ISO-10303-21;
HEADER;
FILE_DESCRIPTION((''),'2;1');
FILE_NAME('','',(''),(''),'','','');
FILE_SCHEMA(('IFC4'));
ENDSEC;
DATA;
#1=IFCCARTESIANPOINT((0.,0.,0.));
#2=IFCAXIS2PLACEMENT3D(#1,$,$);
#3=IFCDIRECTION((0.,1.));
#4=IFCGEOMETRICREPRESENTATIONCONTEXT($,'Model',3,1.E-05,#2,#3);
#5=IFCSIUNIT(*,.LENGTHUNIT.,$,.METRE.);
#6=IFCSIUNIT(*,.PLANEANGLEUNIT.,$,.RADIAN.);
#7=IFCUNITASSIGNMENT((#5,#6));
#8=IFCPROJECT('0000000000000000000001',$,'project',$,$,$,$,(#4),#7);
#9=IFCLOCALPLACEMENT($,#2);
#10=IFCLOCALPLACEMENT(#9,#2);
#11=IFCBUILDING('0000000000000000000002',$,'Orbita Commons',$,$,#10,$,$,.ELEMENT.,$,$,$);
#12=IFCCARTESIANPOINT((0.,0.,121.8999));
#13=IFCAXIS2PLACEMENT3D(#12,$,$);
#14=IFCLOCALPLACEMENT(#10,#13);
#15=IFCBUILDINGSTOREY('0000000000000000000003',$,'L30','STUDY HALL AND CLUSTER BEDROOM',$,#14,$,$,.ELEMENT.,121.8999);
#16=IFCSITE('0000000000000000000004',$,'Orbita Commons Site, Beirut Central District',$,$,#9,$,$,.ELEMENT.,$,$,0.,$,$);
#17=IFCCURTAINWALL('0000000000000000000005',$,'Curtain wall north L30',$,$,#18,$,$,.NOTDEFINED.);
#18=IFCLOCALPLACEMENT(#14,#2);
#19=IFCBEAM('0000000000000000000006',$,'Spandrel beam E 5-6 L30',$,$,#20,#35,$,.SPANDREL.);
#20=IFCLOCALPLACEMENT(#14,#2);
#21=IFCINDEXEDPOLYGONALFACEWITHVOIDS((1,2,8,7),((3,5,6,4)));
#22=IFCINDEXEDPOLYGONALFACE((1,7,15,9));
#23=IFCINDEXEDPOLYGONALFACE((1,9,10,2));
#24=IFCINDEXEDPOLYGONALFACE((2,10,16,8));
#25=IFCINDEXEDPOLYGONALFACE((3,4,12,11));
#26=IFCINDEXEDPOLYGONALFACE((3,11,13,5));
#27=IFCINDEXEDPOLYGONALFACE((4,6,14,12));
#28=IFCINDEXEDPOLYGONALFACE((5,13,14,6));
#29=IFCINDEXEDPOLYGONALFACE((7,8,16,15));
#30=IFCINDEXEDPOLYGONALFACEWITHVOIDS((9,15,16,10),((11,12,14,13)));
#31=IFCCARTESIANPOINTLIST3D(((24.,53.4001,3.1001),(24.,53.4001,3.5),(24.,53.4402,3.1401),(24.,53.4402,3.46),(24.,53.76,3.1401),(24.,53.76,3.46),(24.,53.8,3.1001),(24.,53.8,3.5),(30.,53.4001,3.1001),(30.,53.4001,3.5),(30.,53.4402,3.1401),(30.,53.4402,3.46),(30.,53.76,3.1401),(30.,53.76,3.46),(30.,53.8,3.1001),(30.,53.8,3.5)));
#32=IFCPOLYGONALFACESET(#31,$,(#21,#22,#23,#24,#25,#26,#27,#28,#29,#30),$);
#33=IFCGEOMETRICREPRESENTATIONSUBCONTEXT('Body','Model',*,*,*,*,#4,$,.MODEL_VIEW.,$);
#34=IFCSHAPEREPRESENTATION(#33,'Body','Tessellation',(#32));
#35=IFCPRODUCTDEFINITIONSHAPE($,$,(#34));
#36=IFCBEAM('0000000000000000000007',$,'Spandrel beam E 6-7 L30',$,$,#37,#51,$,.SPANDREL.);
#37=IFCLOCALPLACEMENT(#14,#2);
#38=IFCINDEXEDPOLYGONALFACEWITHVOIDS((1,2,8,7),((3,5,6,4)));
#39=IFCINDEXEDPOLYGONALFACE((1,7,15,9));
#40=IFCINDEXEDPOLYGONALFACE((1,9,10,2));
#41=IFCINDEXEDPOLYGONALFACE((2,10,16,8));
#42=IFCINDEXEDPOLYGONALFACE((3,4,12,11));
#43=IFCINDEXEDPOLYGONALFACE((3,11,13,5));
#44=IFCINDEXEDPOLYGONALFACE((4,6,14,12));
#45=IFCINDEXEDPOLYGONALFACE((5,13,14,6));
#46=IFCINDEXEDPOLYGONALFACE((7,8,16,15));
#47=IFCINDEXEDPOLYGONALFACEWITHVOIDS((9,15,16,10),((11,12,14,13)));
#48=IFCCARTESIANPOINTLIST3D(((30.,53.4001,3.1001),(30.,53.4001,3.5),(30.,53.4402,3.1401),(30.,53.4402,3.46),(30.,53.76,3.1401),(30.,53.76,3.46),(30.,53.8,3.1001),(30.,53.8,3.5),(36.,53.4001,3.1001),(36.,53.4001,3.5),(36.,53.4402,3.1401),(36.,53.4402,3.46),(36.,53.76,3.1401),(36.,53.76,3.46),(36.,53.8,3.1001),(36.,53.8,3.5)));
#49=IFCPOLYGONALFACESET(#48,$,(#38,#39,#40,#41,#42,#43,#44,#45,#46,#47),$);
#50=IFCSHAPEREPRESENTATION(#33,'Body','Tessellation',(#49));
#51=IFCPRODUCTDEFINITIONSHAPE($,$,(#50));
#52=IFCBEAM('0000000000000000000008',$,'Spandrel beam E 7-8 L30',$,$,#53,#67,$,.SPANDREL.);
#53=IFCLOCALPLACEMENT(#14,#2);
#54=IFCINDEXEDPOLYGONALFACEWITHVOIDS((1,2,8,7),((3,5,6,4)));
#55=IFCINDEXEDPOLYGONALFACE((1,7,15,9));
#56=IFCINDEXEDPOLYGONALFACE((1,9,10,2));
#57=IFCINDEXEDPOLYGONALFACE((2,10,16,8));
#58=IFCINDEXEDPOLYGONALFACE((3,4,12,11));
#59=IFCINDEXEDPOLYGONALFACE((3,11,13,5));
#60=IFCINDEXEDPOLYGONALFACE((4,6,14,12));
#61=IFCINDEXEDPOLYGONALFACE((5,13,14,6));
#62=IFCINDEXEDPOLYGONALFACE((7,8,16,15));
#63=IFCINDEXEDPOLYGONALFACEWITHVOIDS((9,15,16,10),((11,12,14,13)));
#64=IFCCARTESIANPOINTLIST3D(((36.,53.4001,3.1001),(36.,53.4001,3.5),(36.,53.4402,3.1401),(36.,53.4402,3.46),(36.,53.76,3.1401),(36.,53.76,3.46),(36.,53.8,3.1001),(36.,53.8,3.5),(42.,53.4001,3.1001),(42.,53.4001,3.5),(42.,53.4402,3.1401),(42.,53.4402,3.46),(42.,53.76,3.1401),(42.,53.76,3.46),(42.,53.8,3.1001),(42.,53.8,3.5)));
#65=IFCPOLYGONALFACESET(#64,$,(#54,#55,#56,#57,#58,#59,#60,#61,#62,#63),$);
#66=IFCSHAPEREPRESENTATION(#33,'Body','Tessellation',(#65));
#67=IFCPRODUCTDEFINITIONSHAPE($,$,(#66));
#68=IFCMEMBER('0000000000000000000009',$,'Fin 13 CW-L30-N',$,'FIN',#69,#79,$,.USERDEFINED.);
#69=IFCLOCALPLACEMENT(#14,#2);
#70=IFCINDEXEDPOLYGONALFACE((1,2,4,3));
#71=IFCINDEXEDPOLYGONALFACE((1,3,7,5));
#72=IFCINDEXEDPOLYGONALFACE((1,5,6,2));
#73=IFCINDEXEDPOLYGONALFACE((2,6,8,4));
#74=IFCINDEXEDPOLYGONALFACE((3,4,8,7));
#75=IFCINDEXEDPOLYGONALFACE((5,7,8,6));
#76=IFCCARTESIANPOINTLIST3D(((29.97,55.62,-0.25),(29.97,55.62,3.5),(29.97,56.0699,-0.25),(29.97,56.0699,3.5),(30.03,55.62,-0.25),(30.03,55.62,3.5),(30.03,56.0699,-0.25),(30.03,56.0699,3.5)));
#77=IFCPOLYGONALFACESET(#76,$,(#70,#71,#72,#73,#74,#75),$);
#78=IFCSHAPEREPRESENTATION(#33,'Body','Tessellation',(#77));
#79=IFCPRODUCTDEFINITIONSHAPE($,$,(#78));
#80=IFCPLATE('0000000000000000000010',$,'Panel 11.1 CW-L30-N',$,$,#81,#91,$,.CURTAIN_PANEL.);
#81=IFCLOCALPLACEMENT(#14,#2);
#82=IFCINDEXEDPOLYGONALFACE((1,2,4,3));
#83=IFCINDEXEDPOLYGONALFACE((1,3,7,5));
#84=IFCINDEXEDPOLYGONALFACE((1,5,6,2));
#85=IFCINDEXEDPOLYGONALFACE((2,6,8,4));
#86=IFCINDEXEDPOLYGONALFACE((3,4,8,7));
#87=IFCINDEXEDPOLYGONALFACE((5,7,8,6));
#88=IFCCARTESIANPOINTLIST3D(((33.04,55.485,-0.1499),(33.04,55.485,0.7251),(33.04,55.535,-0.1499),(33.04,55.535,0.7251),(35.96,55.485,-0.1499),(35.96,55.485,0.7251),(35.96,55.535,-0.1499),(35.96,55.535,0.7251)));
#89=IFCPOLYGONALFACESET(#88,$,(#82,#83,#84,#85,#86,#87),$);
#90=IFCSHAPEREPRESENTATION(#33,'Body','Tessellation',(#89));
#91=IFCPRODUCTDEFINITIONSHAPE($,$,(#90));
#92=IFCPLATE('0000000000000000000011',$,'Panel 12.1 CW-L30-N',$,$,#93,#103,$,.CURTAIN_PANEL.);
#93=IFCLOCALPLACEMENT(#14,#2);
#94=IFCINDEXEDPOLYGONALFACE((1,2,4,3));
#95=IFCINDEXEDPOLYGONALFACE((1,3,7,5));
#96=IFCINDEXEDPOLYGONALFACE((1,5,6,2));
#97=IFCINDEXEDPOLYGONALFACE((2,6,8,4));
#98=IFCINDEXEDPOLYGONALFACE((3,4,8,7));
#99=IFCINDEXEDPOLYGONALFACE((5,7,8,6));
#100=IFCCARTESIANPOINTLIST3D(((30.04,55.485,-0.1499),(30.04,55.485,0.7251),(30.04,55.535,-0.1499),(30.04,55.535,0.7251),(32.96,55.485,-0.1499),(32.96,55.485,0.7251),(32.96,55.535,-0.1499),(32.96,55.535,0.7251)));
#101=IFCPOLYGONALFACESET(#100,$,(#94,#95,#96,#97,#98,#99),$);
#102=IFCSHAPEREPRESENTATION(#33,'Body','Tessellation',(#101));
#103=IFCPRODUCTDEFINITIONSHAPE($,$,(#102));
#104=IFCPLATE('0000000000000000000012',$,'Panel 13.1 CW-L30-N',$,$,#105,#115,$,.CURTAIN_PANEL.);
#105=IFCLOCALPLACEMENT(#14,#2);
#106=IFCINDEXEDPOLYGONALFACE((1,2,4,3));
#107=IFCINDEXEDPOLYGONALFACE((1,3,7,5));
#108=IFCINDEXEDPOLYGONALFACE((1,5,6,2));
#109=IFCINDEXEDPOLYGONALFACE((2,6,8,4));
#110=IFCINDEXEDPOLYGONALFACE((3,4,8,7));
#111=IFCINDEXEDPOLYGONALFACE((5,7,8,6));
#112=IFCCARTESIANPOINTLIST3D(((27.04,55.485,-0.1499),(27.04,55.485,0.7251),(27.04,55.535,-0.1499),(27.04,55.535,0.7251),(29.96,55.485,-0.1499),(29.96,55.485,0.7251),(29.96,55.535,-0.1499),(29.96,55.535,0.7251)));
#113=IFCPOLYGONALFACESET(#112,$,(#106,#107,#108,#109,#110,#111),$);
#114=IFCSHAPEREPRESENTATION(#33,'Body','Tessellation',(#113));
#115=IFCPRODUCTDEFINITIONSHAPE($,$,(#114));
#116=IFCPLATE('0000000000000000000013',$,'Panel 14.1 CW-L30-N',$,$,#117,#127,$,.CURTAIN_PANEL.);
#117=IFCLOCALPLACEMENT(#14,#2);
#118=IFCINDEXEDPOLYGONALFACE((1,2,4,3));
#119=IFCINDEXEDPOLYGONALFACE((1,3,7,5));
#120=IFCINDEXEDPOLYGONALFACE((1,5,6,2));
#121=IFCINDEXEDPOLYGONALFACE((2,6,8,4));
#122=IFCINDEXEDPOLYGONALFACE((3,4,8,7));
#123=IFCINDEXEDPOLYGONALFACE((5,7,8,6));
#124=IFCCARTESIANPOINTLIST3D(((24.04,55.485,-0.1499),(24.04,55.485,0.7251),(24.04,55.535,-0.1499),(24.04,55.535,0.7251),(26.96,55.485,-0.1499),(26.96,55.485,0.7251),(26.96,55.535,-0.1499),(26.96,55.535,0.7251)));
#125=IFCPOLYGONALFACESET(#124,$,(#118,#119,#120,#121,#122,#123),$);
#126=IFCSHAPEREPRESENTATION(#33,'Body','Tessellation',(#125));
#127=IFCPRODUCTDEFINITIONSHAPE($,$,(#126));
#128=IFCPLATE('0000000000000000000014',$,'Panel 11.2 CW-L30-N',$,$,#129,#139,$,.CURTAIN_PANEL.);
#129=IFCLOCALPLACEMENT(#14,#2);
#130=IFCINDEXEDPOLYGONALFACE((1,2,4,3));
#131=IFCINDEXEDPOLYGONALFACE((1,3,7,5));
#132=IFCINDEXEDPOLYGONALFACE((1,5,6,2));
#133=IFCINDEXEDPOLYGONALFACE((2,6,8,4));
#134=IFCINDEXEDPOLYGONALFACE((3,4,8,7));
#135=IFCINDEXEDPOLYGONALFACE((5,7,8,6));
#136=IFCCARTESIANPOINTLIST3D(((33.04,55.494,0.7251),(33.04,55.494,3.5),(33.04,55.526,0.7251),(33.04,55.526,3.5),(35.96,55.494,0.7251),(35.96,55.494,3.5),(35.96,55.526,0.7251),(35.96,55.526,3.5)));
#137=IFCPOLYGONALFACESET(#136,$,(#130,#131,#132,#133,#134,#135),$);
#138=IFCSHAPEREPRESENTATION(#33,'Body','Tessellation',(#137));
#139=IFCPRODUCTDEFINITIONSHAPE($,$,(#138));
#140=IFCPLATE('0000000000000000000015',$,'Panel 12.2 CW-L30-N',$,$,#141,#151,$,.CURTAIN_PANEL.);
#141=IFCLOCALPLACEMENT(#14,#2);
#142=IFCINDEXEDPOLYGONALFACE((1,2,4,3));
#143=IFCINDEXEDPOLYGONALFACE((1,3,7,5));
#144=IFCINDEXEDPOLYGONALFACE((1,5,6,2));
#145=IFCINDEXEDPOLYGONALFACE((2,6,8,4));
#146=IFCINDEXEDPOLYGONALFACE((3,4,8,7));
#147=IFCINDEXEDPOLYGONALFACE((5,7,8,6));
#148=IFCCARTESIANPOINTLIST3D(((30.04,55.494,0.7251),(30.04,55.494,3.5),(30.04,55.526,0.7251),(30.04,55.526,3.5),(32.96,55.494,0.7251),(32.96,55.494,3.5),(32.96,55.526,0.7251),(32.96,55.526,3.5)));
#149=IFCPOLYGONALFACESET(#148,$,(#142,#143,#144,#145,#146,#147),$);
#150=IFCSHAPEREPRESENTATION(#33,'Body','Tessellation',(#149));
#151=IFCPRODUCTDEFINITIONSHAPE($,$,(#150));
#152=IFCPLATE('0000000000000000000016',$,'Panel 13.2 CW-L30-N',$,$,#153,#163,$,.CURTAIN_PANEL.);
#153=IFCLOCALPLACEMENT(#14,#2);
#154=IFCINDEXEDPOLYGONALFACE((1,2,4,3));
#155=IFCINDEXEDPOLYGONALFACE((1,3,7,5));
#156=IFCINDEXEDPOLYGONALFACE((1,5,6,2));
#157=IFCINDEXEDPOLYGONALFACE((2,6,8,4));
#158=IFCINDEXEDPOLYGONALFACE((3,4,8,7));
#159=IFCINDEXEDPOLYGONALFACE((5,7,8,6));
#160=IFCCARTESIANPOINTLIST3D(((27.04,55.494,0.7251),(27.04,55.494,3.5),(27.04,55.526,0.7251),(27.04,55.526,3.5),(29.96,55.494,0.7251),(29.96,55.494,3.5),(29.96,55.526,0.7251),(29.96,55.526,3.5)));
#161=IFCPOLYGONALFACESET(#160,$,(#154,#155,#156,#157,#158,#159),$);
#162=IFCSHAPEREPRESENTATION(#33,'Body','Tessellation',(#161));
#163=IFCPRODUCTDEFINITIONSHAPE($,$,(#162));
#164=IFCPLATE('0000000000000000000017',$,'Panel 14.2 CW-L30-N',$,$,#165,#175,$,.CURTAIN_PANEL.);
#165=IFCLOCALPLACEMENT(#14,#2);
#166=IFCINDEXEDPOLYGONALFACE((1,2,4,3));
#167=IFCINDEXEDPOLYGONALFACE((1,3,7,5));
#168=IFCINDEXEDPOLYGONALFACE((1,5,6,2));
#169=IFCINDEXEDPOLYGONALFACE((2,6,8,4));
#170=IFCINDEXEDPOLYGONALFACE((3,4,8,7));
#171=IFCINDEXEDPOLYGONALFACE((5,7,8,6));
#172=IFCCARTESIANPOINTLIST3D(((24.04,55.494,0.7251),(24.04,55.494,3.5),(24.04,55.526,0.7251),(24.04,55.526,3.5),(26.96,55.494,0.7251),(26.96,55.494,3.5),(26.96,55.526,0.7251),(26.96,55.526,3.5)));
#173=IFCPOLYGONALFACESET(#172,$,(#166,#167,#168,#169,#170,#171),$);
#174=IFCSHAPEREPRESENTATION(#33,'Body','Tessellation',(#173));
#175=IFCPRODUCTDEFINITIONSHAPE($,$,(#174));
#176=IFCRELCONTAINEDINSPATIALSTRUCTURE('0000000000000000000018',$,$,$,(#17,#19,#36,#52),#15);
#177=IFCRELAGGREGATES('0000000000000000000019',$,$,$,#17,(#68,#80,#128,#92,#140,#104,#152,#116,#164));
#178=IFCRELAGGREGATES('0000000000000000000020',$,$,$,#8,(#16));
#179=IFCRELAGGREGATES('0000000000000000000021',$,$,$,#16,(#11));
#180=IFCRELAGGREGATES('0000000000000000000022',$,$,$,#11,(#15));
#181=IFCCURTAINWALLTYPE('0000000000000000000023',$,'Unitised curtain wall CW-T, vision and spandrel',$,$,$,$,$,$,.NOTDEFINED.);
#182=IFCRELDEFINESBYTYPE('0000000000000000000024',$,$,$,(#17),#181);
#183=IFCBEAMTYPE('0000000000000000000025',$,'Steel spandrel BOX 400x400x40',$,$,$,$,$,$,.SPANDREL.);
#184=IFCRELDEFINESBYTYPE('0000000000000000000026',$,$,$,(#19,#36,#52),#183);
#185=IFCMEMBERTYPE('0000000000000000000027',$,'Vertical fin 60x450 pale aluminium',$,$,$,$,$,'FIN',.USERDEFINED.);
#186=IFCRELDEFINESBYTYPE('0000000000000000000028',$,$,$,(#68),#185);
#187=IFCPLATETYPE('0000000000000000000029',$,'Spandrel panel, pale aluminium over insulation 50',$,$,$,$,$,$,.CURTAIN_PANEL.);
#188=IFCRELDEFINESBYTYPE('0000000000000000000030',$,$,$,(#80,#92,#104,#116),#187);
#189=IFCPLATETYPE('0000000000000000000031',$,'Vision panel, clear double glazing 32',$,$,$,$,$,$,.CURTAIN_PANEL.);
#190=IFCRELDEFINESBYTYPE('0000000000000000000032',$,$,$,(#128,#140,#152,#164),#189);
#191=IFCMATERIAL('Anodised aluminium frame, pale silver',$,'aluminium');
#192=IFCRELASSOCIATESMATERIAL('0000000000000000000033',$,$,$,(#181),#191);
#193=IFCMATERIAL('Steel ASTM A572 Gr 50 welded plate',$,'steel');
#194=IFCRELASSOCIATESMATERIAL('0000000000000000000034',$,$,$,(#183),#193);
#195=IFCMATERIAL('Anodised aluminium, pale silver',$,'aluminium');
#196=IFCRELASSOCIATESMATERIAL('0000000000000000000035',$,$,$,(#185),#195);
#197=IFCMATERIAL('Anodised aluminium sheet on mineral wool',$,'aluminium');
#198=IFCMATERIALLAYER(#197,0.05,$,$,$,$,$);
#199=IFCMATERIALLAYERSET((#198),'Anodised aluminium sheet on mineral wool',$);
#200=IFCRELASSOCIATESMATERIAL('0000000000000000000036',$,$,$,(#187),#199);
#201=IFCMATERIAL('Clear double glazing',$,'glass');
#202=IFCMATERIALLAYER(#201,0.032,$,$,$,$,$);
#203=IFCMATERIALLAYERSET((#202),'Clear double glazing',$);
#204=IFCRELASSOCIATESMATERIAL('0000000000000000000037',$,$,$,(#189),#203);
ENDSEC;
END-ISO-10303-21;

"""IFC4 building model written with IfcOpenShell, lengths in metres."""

from ifc_helpers import new_model, si_unit, direction, frame, origin, origin_2d, place, context, subcontext, project, spatial, rectangle, hollow_rectangle, extrude, material, layer, layer_set, material_profile, profile_set, type_object, element, aggregate, save


model = new_model("IFC4")

# Units and contexts
model_context = context("Model", 3, precision=1e-05, world=origin(), true_north=direction((0.0, 1.0)))
body_context = subcontext(model_context, "Body", "Model", "MODEL_VIEW")
ifc_project = project(units=[si_unit("LENGTHUNIT", "METRE"), si_unit("PLANEANGLEUNIT", "RADIAN")], contexts=[model_context])

# Site, building, storey
site_placement = place(None, origin())
site = spatial("IfcSite", under=ifc_project, at=site_placement, Name="Orbita Commons Site, Beirut Central District", CompositionType="ELEMENT", RefElevation=0.0)
building_placement = place(site_placement, origin())
building = spatial("IfcBuilding", under=site, at=building_placement, Name="Orbita Commons", CompositionType="ELEMENT")
storey_placement = place(building_placement, frame((0.0, 0.0, 121.8999)))
storey = spatial("IfcBuildingStorey", under=building, at=storey_placement, Name="L30", Description="STUDY HALL AND CLUSTER BEDROOM", CompositionType="ELEMENT", Elevation=121.8999)

# Curtain wall
ifc_material_1 = material(Name="Anodised aluminium frame, pale silver", Category="aluminium")
curtain_wall_type = type_object("IfcCurtainWallType", Name="Unitised curtain wall CW-T, vision and spandrel", PredefinedType="NOTDEFINED", material=ifc_material_1)
curtain_wall_placement = place(storey_placement, origin())
curtain_wall = element("IfcCurtainWall", 1, at=curtain_wall_placement, inside=storey, type_object=curtain_wall_type, Name="Curtain wall north L30", PredefinedType="NOTDEFINED")

# Beams
ifc_material_2 = material(Name="Steel ASTM A572 Gr 50 welded plate", Category="steel")
ifc_material_profile_1 = material_profile(ifc_material_2, hollow_rectangle(XDim=0.3999, YDim=0.3999, WallThickness=0.04, at=origin_2d()), Name="BOX 400x400x40")
ifc_profile_set_1 = profile_set([ifc_material_profile_1], Name="Steel ASTM A572 Gr 50 welded plate")
beam_type = type_object("IfcBeamType", Name="Steel spandrel BOX 400x400x40", PredefinedType="SPANDREL", material=ifc_profile_set_1)
for number, where, z_axis, x_axis, name in (
    (2, (24.0, 53.6001, 3.3), (1.0, 0.0, 0.0), (0.0, 1.0, 0.0), "Spandrel beam E 5-6 L30"),
    (3, (30.0, 53.6001, 3.3), (1.0, 0.0, 0.0), (0.0, 1.0, 0.0), "Spandrel beam E 6-7 L30"),
    (4, (36.0, 53.6001, 3.3), (1.0, 0.0, 0.0), (0.0, 1.0, 0.0), "Spandrel beam E 7-8 L30"),
):
    element("IfcBeam", number, at=place(storey_placement, frame(where, z_axis=z_axis, x_axis=x_axis)), inside=storey, type_object=beam_type, Name=name, PredefinedType="SPANDREL", context=body_context, shape_type="SweptSolid", body=[
        extrude(hollow_rectangle(XDim=0.3999, YDim=0.3999, WallThickness=0.04, at=origin_2d()), origin(), (0.0, 0.0, 1.0), 6.0),
    ])

# Member
ifc_material_3 = material(Name="Anodised aluminium, pale silver", Category="aluminium")
ifc_material_profile_2 = material_profile(ifc_material_3, rectangle(XDim=0.0601, YDim=0.45, at=origin_2d()), Name="FIN 60x450")
ifc_profile_set_2 = profile_set([ifc_material_profile_2], Name="Anodised aluminium, pale silver")
member_type_1 = type_object("IfcMemberType", Name="Vertical fin 60x450 pale aluminium", ElementType="FIN", PredefinedType="USERDEFINED", material=ifc_profile_set_2)
member_1_placement = place(storey_placement, frame((30.0, 55.845, -0.25), z_axis=(0.0, 0.0, 1.0), x_axis=(-1.0, 0.0, 0.0)))
member_1 = element("IfcMember", 5, at=member_1_placement, type_object=member_type_1, Name="Fin 13 CW-L30-N", ObjectType="FIN", PredefinedType="USERDEFINED", context=body_context, shape_type="SweptSolid", body=[
    extrude(rectangle(XDim=0.0601, YDim=0.45, at=origin_2d()), origin(), (0.0, 0.0, 1.0), 3.75),
])

# Plates
ifc_material_4 = material(Name="Anodised aluminium sheet on mineral wool", Category="aluminium")
ifc_layer_1 = layer(ifc_material_4, 0.05)
ifc_layer_set_1 = layer_set([ifc_layer_1], Name="Anodised aluminium sheet on mineral wool")
plate_type_1 = type_object("IfcPlateType", Name="Spandrel panel, pale aluminium over insulation 50", PredefinedType="CURTAIN_PANEL", material=ifc_layer_set_1)
plate_1_placement = place(storey_placement, frame((34.5, 55.51, -0.1499), z_axis=(0.0, 0.0, 1.0), x_axis=(-1.0, 0.0, 0.0)))
plate_1 = element("IfcPlate", 6, at=plate_1_placement, type_object=plate_type_1, Name="Panel 11.1 CW-L30-N", PredefinedType="CURTAIN_PANEL", context=body_context, shape_type="SweptSolid", body=[
    extrude(rectangle(XDim=2.9199, YDim=0.05, at=origin_2d()), origin(), (0.0, 0.0, 1.0), 0.875),
])
plate_2_placement = place(storey_placement, frame((31.5, 55.51, -0.1499), z_axis=(0.0, 0.0, 1.0), x_axis=(-1.0, 0.0, 0.0)))
plate_2 = element("IfcPlate", 7, at=plate_2_placement, type_object=plate_type_1, Name="Panel 12.1 CW-L30-N", PredefinedType="CURTAIN_PANEL", context=body_context, shape_type="SweptSolid", body=[
    extrude(rectangle(XDim=2.9199, YDim=0.05, at=origin_2d()), origin(), (0.0, 0.0, 1.0), 0.875),
])
plate_3_placement = place(storey_placement, frame((28.5, 55.51, -0.1499), z_axis=(0.0, 0.0, 1.0), x_axis=(-1.0, 0.0, 0.0)))
plate_3 = element("IfcPlate", 8, at=plate_3_placement, type_object=plate_type_1, Name="Panel 13.1 CW-L30-N", PredefinedType="CURTAIN_PANEL", context=body_context, shape_type="SweptSolid", body=[
    extrude(rectangle(XDim=2.9199, YDim=0.05, at=origin_2d()), origin(), (0.0, 0.0, 1.0), 0.875),
])
plate_4_placement = place(storey_placement, frame((25.5, 55.51, -0.1499), z_axis=(0.0, 0.0, 1.0), x_axis=(-1.0, 0.0, 0.0)))
plate_4 = element("IfcPlate", 9, at=plate_4_placement, type_object=plate_type_1, Name="Panel 14.1 CW-L30-N", PredefinedType="CURTAIN_PANEL", context=body_context, shape_type="SweptSolid", body=[
    extrude(rectangle(XDim=2.9199, YDim=0.05, at=origin_2d()), origin(), (0.0, 0.0, 1.0), 0.875),
])
ifc_material_5 = material(Name="Clear double glazing", Category="glass")
ifc_layer_2 = layer(ifc_material_5, 0.032)
ifc_layer_set_2 = layer_set([ifc_layer_2], Name="Clear double glazing")
plate_type_2 = type_object("IfcPlateType", Name="Vision panel, clear double glazing 32", PredefinedType="CURTAIN_PANEL", material=ifc_layer_set_2)
plate_5_placement = place(storey_placement, frame((34.5, 55.51, 0.7251), z_axis=(0.0, 0.0, 1.0), x_axis=(-1.0, 0.0, 0.0)))
plate_5 = element("IfcPlate", 10, at=plate_5_placement, type_object=plate_type_2, Name="Panel 11.2 CW-L30-N", PredefinedType="CURTAIN_PANEL", context=body_context, shape_type="SweptSolid", body=[
    extrude(rectangle(XDim=2.9199, YDim=0.032, at=origin_2d()), origin(), (0.0, 0.0, 1.0), 2.7749),
])
plate_6_placement = place(storey_placement, frame((31.5, 55.51, 0.7251), z_axis=(0.0, 0.0, 1.0), x_axis=(-1.0, 0.0, 0.0)))
plate_6 = element("IfcPlate", 11, at=plate_6_placement, type_object=plate_type_2, Name="Panel 12.2 CW-L30-N", PredefinedType="CURTAIN_PANEL", context=body_context, shape_type="SweptSolid", body=[
    extrude(rectangle(XDim=2.9199, YDim=0.032, at=origin_2d()), origin(), (0.0, 0.0, 1.0), 2.7749),
])
plate_7_placement = place(storey_placement, frame((28.5, 55.51, 0.7251), z_axis=(0.0, 0.0, 1.0), x_axis=(-1.0, 0.0, 0.0)))
plate_7 = element("IfcPlate", 12, at=plate_7_placement, type_object=plate_type_2, Name="Panel 13.2 CW-L30-N", PredefinedType="CURTAIN_PANEL", context=body_context, shape_type="SweptSolid", body=[
    extrude(rectangle(XDim=2.9199, YDim=0.032, at=origin_2d()), origin(), (0.0, 0.0, 1.0), 2.7749),
])
plate_8_placement = place(storey_placement, frame((25.5, 55.51, 0.7251), z_axis=(0.0, 0.0, 1.0), x_axis=(-1.0, 0.0, 0.0)))
plate_8 = element("IfcPlate", 13, at=plate_8_placement, type_object=plate_type_2, Name="Panel 14.2 CW-L30-N", PredefinedType="CURTAIN_PANEL", context=body_context, shape_type="SweptSolid", body=[
    extrude(rectangle(XDim=2.9199, YDim=0.032, at=origin_2d()), origin(), (0.0, 0.0, 1.0), 2.7749),
])
aggregate(curtain_wall, [member_1, plate_1, plate_5, plate_2, plate_6, plate_3, plate_7, plate_4, plate_8])

save(model, "model.ifc")
